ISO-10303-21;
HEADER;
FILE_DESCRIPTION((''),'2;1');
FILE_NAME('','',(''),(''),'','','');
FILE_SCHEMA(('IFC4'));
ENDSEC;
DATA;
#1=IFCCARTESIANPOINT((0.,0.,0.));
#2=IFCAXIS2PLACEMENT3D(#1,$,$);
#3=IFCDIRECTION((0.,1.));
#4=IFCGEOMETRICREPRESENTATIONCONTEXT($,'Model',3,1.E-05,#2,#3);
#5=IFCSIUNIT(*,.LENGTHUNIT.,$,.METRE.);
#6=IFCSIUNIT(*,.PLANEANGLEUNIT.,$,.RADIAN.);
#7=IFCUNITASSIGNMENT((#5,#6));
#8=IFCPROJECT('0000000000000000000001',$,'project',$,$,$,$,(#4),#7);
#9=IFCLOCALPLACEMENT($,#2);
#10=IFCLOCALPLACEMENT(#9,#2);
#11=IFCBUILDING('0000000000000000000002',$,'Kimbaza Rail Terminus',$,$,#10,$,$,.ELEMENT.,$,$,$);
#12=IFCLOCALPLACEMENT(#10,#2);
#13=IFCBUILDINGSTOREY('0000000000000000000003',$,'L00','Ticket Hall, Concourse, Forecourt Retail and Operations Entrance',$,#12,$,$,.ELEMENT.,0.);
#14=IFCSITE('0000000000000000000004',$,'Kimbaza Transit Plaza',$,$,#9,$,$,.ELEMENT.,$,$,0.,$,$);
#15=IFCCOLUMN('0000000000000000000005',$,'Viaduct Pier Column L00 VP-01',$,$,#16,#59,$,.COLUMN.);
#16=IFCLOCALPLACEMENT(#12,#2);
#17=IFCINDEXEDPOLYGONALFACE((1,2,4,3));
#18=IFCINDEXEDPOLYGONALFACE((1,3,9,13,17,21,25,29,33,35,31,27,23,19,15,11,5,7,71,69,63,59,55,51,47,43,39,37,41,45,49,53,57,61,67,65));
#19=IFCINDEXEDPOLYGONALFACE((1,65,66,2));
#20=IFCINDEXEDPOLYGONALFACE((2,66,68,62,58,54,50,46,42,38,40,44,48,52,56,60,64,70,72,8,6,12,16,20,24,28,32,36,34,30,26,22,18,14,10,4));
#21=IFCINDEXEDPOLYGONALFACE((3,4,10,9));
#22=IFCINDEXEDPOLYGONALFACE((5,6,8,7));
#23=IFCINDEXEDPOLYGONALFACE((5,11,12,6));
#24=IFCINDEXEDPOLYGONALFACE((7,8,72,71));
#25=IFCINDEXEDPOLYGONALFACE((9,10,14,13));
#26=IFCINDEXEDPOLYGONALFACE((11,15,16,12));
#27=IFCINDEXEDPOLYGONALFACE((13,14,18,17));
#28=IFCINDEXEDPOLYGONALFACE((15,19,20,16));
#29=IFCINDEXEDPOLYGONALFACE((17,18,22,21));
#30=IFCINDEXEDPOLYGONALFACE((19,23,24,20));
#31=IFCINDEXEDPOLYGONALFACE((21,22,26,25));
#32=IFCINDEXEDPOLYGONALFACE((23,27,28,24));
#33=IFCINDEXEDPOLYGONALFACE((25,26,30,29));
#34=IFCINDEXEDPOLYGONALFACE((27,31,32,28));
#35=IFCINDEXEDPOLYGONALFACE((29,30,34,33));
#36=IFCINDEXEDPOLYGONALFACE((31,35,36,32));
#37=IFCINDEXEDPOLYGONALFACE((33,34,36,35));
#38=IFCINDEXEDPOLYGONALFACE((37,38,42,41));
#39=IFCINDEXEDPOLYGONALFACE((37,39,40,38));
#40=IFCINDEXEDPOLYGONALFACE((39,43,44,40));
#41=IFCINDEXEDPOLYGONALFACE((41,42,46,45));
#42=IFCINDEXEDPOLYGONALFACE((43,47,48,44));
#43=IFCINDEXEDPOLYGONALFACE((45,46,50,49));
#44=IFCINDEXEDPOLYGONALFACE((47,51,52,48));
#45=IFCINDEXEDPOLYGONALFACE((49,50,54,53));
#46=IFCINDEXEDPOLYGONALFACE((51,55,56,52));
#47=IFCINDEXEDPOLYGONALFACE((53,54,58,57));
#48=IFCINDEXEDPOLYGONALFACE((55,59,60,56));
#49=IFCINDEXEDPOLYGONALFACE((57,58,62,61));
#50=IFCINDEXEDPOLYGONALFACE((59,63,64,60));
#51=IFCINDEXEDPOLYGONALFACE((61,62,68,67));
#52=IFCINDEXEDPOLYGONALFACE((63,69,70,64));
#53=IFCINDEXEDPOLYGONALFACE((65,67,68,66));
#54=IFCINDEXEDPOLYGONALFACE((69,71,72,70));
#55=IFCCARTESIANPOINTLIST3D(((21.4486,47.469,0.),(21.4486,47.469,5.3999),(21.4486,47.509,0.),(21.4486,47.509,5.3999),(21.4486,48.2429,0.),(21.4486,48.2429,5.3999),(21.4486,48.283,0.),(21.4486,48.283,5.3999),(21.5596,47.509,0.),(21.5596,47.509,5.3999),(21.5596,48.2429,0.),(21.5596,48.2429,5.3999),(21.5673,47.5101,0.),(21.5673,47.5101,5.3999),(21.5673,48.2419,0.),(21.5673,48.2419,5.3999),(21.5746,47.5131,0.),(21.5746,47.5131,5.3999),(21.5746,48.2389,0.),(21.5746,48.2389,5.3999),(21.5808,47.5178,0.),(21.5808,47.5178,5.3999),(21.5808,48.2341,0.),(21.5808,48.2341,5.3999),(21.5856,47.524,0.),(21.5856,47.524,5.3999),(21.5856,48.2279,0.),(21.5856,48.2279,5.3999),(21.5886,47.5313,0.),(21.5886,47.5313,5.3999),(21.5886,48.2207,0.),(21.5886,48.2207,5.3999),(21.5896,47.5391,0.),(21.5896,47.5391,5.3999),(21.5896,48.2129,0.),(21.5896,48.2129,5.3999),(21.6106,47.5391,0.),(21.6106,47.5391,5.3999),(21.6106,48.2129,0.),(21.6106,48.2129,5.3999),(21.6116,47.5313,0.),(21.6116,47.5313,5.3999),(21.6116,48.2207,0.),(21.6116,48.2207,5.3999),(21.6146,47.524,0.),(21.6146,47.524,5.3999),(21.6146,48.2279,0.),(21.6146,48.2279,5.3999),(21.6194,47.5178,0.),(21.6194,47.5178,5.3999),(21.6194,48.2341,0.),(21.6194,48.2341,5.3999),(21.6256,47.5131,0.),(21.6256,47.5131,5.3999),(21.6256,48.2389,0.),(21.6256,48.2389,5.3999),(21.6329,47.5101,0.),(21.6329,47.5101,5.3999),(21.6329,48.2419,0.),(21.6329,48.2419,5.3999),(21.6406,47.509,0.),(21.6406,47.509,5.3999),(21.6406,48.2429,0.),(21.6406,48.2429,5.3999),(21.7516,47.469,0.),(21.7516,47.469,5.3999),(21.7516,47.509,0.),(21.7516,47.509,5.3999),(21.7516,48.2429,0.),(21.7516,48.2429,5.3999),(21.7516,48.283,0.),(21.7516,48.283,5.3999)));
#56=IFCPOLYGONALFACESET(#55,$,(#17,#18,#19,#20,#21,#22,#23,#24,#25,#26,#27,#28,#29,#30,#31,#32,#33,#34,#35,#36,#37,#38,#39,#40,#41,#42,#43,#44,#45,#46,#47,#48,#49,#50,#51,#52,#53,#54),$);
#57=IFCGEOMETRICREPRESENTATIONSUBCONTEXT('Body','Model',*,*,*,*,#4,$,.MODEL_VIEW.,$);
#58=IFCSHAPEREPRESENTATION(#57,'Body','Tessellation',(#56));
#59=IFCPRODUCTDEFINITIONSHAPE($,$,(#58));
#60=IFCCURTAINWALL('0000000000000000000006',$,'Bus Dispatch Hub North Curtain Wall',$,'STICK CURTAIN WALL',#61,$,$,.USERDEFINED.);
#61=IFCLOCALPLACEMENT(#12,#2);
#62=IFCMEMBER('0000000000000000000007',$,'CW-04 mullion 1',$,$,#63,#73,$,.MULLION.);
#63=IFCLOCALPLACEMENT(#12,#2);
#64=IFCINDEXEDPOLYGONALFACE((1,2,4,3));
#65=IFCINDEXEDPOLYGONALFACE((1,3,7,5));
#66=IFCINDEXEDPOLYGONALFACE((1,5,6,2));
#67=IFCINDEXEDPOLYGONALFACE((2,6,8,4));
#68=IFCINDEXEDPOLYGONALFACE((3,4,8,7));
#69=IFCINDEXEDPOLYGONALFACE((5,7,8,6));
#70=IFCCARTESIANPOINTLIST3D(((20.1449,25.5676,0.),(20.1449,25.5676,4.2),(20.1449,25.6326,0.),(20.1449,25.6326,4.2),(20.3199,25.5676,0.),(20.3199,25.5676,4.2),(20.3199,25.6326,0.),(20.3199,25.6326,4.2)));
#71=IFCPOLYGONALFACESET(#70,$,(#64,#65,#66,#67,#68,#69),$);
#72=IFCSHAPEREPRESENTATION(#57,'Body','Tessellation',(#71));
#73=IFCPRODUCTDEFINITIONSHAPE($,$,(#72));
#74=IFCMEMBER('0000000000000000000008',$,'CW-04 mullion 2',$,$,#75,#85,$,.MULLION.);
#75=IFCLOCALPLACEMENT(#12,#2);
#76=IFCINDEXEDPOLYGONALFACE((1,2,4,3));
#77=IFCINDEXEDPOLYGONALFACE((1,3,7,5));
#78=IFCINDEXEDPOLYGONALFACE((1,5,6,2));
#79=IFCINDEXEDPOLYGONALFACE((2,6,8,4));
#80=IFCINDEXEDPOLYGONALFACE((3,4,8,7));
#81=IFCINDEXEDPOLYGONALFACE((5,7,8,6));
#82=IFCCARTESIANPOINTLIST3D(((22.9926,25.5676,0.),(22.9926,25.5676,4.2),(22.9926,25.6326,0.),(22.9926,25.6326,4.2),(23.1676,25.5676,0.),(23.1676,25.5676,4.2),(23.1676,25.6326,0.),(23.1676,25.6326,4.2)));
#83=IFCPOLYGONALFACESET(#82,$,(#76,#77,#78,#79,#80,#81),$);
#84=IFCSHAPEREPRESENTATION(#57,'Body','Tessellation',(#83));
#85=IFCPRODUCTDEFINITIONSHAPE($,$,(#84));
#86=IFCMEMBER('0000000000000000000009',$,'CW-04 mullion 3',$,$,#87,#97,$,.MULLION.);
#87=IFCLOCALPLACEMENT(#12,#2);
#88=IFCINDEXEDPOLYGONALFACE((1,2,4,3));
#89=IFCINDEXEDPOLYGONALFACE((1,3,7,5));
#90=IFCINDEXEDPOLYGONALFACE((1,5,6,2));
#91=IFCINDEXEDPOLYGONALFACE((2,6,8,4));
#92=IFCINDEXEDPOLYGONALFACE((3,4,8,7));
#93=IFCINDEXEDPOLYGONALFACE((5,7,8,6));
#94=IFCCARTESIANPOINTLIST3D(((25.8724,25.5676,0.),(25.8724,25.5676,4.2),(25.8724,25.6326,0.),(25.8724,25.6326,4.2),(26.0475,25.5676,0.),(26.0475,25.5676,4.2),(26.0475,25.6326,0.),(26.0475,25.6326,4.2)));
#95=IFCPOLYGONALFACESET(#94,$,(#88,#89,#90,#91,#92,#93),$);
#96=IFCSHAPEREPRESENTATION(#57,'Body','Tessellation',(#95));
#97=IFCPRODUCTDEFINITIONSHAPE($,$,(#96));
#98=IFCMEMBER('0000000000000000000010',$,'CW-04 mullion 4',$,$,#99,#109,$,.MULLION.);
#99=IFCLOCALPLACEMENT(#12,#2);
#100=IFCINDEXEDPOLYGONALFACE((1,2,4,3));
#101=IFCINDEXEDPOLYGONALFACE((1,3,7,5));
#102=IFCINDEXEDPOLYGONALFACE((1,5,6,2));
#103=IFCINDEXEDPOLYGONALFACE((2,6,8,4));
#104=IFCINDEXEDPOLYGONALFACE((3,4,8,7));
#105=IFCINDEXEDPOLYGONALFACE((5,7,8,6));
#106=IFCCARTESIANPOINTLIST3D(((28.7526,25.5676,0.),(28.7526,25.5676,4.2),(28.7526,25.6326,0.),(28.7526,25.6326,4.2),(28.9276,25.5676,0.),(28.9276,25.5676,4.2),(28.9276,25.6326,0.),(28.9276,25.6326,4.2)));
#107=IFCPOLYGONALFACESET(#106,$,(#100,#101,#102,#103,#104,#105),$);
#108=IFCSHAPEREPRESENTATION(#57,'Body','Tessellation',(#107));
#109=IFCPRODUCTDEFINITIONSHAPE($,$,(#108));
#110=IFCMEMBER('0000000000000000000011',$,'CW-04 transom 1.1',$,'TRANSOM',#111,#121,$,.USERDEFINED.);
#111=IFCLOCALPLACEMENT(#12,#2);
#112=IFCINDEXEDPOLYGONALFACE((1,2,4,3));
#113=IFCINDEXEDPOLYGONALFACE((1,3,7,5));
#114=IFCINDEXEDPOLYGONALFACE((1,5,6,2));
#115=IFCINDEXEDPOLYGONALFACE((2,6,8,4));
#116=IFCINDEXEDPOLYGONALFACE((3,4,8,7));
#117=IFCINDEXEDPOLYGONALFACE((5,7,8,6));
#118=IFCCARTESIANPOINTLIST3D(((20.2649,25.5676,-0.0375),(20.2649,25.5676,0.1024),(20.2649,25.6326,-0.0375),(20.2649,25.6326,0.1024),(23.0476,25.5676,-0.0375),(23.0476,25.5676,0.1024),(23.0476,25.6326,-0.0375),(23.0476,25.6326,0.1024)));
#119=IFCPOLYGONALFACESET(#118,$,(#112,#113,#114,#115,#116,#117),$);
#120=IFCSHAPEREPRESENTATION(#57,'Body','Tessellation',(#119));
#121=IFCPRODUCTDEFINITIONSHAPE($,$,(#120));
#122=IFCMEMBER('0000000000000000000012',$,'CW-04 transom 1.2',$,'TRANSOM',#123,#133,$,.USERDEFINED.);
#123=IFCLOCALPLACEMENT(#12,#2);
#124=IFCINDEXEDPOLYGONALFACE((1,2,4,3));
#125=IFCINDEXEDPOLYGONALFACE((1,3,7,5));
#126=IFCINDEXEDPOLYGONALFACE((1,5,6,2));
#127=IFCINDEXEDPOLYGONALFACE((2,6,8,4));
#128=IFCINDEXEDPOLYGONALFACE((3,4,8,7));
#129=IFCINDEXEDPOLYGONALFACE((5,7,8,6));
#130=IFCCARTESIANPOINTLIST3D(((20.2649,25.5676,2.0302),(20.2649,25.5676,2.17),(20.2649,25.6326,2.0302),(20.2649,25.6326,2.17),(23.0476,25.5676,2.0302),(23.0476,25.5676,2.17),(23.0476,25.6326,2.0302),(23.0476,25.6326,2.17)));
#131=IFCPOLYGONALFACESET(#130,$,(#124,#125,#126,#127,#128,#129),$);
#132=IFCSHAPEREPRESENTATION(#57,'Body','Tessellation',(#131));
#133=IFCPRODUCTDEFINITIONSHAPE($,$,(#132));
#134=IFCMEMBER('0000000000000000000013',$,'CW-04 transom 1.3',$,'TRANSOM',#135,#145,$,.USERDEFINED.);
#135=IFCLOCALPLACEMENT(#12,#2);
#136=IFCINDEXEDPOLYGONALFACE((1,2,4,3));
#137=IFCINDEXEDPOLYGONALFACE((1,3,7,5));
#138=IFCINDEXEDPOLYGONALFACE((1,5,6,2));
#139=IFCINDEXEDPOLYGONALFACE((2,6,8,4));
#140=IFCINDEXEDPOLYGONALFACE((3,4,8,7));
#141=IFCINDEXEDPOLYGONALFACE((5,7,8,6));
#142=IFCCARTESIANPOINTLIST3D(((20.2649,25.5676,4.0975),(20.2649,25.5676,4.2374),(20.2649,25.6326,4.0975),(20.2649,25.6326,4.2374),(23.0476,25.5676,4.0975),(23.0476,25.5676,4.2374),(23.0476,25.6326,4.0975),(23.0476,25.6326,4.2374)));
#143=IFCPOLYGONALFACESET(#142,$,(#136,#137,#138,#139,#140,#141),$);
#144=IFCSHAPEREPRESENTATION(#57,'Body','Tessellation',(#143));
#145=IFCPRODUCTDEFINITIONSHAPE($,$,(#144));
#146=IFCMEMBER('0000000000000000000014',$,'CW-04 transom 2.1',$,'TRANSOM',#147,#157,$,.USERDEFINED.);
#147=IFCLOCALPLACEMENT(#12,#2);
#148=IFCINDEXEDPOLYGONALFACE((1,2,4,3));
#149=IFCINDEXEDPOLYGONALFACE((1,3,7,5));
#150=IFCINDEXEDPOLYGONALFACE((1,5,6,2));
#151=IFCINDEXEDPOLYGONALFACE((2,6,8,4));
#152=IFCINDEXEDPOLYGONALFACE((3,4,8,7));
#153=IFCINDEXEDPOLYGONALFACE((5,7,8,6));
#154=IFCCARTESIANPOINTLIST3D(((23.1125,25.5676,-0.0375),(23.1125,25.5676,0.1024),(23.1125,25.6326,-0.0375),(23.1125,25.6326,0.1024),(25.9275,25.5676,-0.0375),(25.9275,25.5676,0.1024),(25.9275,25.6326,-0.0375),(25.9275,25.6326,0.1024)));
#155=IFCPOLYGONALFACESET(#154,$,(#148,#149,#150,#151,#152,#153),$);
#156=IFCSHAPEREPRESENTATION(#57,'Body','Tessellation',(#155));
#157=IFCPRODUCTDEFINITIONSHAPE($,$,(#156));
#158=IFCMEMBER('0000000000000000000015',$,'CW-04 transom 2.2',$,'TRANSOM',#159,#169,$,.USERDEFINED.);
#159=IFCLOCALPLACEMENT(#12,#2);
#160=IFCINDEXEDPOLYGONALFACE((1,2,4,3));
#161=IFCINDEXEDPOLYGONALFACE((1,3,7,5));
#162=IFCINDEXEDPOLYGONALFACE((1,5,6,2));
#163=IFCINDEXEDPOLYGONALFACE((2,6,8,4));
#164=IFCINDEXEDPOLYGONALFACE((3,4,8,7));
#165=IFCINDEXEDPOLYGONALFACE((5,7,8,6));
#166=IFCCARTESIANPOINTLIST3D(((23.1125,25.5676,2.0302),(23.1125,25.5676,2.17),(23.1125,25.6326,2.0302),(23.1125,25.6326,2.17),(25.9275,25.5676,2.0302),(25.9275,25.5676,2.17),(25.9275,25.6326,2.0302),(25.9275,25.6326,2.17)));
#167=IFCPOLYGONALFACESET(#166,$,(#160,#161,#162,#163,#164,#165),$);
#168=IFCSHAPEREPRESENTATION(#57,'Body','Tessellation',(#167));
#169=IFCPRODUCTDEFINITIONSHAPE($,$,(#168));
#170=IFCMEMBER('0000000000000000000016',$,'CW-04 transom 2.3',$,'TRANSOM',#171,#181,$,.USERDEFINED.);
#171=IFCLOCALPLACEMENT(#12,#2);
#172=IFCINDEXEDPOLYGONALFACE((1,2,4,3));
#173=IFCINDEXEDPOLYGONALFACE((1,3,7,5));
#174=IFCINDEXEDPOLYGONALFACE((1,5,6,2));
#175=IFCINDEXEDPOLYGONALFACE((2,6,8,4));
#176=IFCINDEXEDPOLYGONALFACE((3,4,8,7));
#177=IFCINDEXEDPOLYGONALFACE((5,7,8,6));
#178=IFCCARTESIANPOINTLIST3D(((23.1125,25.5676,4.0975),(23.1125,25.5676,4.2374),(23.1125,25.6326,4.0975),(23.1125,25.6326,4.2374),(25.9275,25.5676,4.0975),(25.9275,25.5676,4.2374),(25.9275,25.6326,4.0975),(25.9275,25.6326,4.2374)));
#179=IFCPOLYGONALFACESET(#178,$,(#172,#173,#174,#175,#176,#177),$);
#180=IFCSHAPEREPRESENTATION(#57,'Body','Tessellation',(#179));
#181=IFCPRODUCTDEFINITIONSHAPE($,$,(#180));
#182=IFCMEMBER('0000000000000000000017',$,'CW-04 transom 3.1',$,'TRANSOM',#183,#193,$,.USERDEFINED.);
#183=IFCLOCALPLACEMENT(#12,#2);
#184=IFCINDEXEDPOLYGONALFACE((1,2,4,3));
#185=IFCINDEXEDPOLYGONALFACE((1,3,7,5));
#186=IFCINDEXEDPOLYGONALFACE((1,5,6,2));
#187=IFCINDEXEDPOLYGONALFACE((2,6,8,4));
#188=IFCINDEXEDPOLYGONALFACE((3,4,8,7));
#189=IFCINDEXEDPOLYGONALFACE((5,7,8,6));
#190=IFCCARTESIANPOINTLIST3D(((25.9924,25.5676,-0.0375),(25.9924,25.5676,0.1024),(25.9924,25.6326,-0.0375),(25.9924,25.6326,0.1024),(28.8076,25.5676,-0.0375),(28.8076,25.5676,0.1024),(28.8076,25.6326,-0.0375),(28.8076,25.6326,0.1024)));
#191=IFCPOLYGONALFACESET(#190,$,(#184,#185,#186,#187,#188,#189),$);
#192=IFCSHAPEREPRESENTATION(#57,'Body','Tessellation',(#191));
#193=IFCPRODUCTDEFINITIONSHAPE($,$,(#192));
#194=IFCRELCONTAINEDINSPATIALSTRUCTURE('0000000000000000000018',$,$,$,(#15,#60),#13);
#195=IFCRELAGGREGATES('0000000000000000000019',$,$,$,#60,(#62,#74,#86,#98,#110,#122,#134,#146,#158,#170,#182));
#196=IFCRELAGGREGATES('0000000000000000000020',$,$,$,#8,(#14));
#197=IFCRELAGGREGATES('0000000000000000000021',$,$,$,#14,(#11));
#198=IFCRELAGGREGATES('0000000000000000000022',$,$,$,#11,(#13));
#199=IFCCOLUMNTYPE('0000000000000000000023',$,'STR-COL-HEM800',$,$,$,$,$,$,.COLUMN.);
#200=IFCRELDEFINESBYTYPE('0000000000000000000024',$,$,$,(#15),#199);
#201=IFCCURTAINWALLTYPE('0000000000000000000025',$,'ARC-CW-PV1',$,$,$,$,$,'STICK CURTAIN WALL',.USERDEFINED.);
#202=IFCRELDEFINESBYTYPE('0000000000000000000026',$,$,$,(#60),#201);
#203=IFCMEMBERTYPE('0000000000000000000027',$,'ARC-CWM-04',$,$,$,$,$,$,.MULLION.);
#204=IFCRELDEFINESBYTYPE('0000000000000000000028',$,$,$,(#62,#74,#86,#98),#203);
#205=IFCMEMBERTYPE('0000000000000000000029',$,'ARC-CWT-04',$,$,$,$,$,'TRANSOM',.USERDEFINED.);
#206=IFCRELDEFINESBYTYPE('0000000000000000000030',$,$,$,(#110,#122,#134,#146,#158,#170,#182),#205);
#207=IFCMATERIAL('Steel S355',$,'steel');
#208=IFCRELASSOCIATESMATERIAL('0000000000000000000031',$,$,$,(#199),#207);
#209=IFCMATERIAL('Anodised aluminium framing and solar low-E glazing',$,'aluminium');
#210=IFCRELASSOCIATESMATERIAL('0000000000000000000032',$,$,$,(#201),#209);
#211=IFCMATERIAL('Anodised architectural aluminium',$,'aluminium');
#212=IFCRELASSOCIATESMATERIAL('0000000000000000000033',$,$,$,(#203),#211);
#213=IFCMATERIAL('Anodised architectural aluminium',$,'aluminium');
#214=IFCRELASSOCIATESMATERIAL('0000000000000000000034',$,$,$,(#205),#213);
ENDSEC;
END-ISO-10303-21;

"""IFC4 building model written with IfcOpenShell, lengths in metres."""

from ifc_helpers import new_model, si_unit, direction, frame, origin, origin_2d, place, context, subcontext, project, spatial, rectangle, i_section, extrude, material, material_profile, profile_set, type_object, element, aggregate, save


model = new_model("IFC4")

# Units and contexts
model_context = context("Model", 3, precision=1e-05, world=origin(), true_north=direction((0.0, 1.0)))
body_context = subcontext(model_context, "Body", "Model", "MODEL_VIEW")
ifc_project = project(units=[si_unit("LENGTHUNIT", "METRE"), si_unit("PLANEANGLEUNIT", "RADIAN")], contexts=[model_context])

# Site, building, storey
site_placement = place(None, origin())
site = spatial("IfcSite", under=ifc_project, at=site_placement, Name="Kimbaza Transit Plaza", CompositionType="ELEMENT", RefElevation=0.0)
building_placement = place(site_placement, origin())
building = spatial("IfcBuilding", under=site, at=building_placement, Name="Kimbaza Rail Terminus", CompositionType="ELEMENT")
storey_placement = place(building_placement, origin())
storey = spatial("IfcBuildingStorey", under=building, at=storey_placement, Name="L00", Description="Ticket Hall, Concourse, Forecourt Retail and Operations Entrance", CompositionType="ELEMENT", Elevation=0.0)

# Column
ifc_material_1 = material(Name="Steel S355", Category="steel")
ifc_material_profile_1 = material_profile(ifc_material_1, i_section(OverallWidth=0.303, OverallDepth=0.814, WebThickness=0.021, FlangeThickness=0.04, FilletRadius=0.03, at=origin_2d()), Name="HEM 800")
ifc_profile_set_1 = profile_set([ifc_material_profile_1], Name="Steel S355")
column_type_1 = type_object("IfcColumnType", Name="STR-COL-HEM800", PredefinedType="COLUMN", material=ifc_profile_set_1)
column_1_placement = place(storey_placement, frame((21.6001, 47.876, 0.0), z_axis=(0.0, 0.0, 1.0), x_axis=(1.0, 0.0, 0.0)))
element("IfcColumn", 1, at=column_1_placement, inside=storey, type_object=column_type_1, Name="Viaduct Pier Column L00 VP-01", PredefinedType="COLUMN", context=body_context, shape_type="SweptSolid", body=[
    extrude(i_section(OverallWidth=0.303, OverallDepth=0.814, WebThickness=0.021, FlangeThickness=0.04, FilletRadius=0.03, at=origin_2d()), origin(), (0.0, 0.0, 1.0), 5.3999),
])

# Curtain wall, members
ifc_material_2 = material(Name="Anodised aluminium framing and solar low-E glazing", Category="aluminium")
curtain_wall_type = type_object("IfcCurtainWallType", Name="ARC-CW-PV1", ElementType="STICK CURTAIN WALL", PredefinedType="USERDEFINED", material=ifc_material_2)
curtain_wall_placement = place(storey_placement, origin())
curtain_wall = element("IfcCurtainWall", 2, at=curtain_wall_placement, inside=storey, type_object=curtain_wall_type, Name="Bus Dispatch Hub North Curtain Wall", ObjectType="STICK CURTAIN WALL", PredefinedType="USERDEFINED")
ifc_material_3 = material(Name="Anodised architectural aluminium", Category="aluminium")
ifc_material_profile_2 = material_profile(ifc_material_3, rectangle(XDim=0.0649, YDim=0.175, at=origin_2d()), Name="MULLION 65x175")
ifc_profile_set_2 = profile_set([ifc_material_profile_2], Name="Anodised architectural aluminium")
member_type_1 = type_object("IfcMemberType", Name="ARC-CWM-04", PredefinedType="MULLION", material=ifc_profile_set_2)
member_1_placement = place(storey_placement, frame((20.2324, 25.6001, 0.0), z_axis=(0.0, 0.0, 1.0), x_axis=(0.0, 1.0, 0.0)))
member_1 = element("IfcMember", 3, at=member_1_placement, type_object=member_type_1, Name="CW-04 mullion 1", PredefinedType="MULLION", context=body_context, shape_type="SweptSolid", body=[
    extrude(rectangle(XDim=0.0649, YDim=0.175, at=origin_2d()), origin(), (0.0, 0.0, 1.0), 4.2),
])
member_2_placement = place(storey_placement, frame((23.0801, 25.6001, 0.0), z_axis=(0.0, 0.0, 1.0), x_axis=(0.0, 1.0, 0.0)))
member_2 = element("IfcMember", 4, at=member_2_placement, type_object=member_type_1, Name="CW-04 mullion 2", PredefinedType="MULLION", context=body_context, shape_type="SweptSolid", body=[
    extrude(rectangle(XDim=0.0649, YDim=0.175, at=origin_2d()), origin(), (0.0, 0.0, 1.0), 4.2),
])
member_3_placement = place(storey_placement, frame((25.96, 25.6001, 0.0), z_axis=(0.0, 0.0, 1.0), x_axis=(0.0, 1.0, 0.0)))
member_3 = element("IfcMember", 5, at=member_3_placement, type_object=member_type_1, Name="CW-04 mullion 3", PredefinedType="MULLION", context=body_context, shape_type="SweptSolid", body=[
    extrude(rectangle(XDim=0.0649, YDim=0.175, at=origin_2d()), origin(), (0.0, 0.0, 1.0), 4.2),
])
member_4_placement = place(storey_placement, frame((28.8401, 25.6001, 0.0), z_axis=(0.0, 0.0, 1.0), x_axis=(0.0, 1.0, 0.0)))
member_4 = element("IfcMember", 6, at=member_4_placement, type_object=member_type_1, Name="CW-04 mullion 4", PredefinedType="MULLION", context=body_context, shape_type="SweptSolid", body=[
    extrude(rectangle(XDim=0.0649, YDim=0.175, at=origin_2d()), origin(), (0.0, 0.0, 1.0), 4.2),
])
ifc_material_4 = material(Name="Anodised architectural aluminium", Category="aluminium")
ifc_material_profile_3 = material_profile(ifc_material_4, rectangle(XDim=0.0649, YDim=0.1399, at=origin_2d()), Name="TRANSOM 65x140")
ifc_profile_set_3 = profile_set([ifc_material_profile_3], Name="Anodised architectural aluminium")
member_type_2 = type_object("IfcMemberType", Name="ARC-CWT-04", ElementType="TRANSOM", PredefinedType="USERDEFINED", material=ifc_profile_set_3)
member_5_placement = place(storey_placement, frame((20.2649, 25.6001, 0.0325), z_axis=(1.0, 0.0, 0.0), x_axis=(0.0, 1.0, 0.0)))
member_5 = element("IfcMember", 7, at=member_5_placement, type_object=member_type_2, Name="CW-04 transom 1.1", ObjectType="TRANSOM", PredefinedType="USERDEFINED", context=body_context, shape_type="SweptSolid", body=[
    extrude(rectangle(XDim=0.0649, YDim=0.1399, at=origin_2d()), origin(), (0.0, 0.0, 1.0), 2.7827),
])
member_6_placement = place(storey_placement, frame((20.2649, 25.6001, 2.1001), z_axis=(1.0, 0.0, 0.0), x_axis=(0.0, 1.0, 0.0)))
member_6 = element("IfcMember", 8, at=member_6_placement, type_object=member_type_2, Name="CW-04 transom 1.2", ObjectType="TRANSOM", PredefinedType="USERDEFINED", context=body_context, shape_type="SweptSolid", body=[
    extrude(rectangle(XDim=0.0649, YDim=0.1399, at=origin_2d()), origin(), (0.0, 0.0, 1.0), 2.7827),
])
member_7_placement = place(storey_placement, frame((20.2649, 25.6001, 4.1675), z_axis=(1.0, 0.0, 0.0), x_axis=(0.0, 1.0, 0.0)))
member_7 = element("IfcMember", 9, at=member_7_placement, type_object=member_type_2, Name="CW-04 transom 1.3", ObjectType="TRANSOM", PredefinedType="USERDEFINED", context=body_context, shape_type="SweptSolid", body=[
    extrude(rectangle(XDim=0.0649, YDim=0.1399, at=origin_2d()), origin(), (0.0, 0.0, 1.0), 2.7827),
])
member_8_placement = place(storey_placement, frame((23.1125, 25.6001, 0.0325), z_axis=(1.0, 0.0, 0.0), x_axis=(0.0, 1.0, 0.0)))
member_8 = element("IfcMember", 10, at=member_8_placement, type_object=member_type_2, Name="CW-04 transom 2.1", ObjectType="TRANSOM", PredefinedType="USERDEFINED", context=body_context, shape_type="SweptSolid", body=[
    extrude(rectangle(XDim=0.0649, YDim=0.1399, at=origin_2d()), origin(), (0.0, 0.0, 1.0), 2.8149),
])
member_9_placement = place(storey_placement, frame((23.1125, 25.6001, 2.1001), z_axis=(1.0, 0.0, 0.0), x_axis=(0.0, 1.0, 0.0)))
member_9 = element("IfcMember", 11, at=member_9_placement, type_object=member_type_2, Name="CW-04 transom 2.2", ObjectType="TRANSOM", PredefinedType="USERDEFINED", context=body_context, shape_type="SweptSolid", body=[
    extrude(rectangle(XDim=0.0649, YDim=0.1399, at=origin_2d()), origin(), (0.0, 0.0, 1.0), 2.8149),
])
member_10_placement = place(storey_placement, frame((23.1125, 25.6001, 4.1675), z_axis=(1.0, 0.0, 0.0), x_axis=(0.0, 1.0, 0.0)))
member_10 = element("IfcMember", 12, at=member_10_placement, type_object=member_type_2, Name="CW-04 transom 2.3", ObjectType="TRANSOM", PredefinedType="USERDEFINED", context=body_context, shape_type="SweptSolid", body=[
    extrude(rectangle(XDim=0.0649, YDim=0.1399, at=origin_2d()), origin(), (0.0, 0.0, 1.0), 2.8149),
])
member_11_placement = place(storey_placement, frame((25.9924, 25.6001, 0.0325), z_axis=(1.0, 0.0, 0.0), x_axis=(0.0, 1.0, 0.0)))
member_11 = element("IfcMember", 13, at=member_11_placement, type_object=member_type_2, Name="CW-04 transom 3.1", ObjectType="TRANSOM", PredefinedType="USERDEFINED", context=body_context, shape_type="SweptSolid", body=[
    extrude(rectangle(XDim=0.0649, YDim=0.1399, at=origin_2d()), origin(), (0.0, 0.0, 1.0), 2.8152),
])
aggregate(curtain_wall, [member_1, member_2, member_3, member_4, member_5, member_6, member_7, member_8, member_9, member_10, member_11])

save(model, "model.ifc")
